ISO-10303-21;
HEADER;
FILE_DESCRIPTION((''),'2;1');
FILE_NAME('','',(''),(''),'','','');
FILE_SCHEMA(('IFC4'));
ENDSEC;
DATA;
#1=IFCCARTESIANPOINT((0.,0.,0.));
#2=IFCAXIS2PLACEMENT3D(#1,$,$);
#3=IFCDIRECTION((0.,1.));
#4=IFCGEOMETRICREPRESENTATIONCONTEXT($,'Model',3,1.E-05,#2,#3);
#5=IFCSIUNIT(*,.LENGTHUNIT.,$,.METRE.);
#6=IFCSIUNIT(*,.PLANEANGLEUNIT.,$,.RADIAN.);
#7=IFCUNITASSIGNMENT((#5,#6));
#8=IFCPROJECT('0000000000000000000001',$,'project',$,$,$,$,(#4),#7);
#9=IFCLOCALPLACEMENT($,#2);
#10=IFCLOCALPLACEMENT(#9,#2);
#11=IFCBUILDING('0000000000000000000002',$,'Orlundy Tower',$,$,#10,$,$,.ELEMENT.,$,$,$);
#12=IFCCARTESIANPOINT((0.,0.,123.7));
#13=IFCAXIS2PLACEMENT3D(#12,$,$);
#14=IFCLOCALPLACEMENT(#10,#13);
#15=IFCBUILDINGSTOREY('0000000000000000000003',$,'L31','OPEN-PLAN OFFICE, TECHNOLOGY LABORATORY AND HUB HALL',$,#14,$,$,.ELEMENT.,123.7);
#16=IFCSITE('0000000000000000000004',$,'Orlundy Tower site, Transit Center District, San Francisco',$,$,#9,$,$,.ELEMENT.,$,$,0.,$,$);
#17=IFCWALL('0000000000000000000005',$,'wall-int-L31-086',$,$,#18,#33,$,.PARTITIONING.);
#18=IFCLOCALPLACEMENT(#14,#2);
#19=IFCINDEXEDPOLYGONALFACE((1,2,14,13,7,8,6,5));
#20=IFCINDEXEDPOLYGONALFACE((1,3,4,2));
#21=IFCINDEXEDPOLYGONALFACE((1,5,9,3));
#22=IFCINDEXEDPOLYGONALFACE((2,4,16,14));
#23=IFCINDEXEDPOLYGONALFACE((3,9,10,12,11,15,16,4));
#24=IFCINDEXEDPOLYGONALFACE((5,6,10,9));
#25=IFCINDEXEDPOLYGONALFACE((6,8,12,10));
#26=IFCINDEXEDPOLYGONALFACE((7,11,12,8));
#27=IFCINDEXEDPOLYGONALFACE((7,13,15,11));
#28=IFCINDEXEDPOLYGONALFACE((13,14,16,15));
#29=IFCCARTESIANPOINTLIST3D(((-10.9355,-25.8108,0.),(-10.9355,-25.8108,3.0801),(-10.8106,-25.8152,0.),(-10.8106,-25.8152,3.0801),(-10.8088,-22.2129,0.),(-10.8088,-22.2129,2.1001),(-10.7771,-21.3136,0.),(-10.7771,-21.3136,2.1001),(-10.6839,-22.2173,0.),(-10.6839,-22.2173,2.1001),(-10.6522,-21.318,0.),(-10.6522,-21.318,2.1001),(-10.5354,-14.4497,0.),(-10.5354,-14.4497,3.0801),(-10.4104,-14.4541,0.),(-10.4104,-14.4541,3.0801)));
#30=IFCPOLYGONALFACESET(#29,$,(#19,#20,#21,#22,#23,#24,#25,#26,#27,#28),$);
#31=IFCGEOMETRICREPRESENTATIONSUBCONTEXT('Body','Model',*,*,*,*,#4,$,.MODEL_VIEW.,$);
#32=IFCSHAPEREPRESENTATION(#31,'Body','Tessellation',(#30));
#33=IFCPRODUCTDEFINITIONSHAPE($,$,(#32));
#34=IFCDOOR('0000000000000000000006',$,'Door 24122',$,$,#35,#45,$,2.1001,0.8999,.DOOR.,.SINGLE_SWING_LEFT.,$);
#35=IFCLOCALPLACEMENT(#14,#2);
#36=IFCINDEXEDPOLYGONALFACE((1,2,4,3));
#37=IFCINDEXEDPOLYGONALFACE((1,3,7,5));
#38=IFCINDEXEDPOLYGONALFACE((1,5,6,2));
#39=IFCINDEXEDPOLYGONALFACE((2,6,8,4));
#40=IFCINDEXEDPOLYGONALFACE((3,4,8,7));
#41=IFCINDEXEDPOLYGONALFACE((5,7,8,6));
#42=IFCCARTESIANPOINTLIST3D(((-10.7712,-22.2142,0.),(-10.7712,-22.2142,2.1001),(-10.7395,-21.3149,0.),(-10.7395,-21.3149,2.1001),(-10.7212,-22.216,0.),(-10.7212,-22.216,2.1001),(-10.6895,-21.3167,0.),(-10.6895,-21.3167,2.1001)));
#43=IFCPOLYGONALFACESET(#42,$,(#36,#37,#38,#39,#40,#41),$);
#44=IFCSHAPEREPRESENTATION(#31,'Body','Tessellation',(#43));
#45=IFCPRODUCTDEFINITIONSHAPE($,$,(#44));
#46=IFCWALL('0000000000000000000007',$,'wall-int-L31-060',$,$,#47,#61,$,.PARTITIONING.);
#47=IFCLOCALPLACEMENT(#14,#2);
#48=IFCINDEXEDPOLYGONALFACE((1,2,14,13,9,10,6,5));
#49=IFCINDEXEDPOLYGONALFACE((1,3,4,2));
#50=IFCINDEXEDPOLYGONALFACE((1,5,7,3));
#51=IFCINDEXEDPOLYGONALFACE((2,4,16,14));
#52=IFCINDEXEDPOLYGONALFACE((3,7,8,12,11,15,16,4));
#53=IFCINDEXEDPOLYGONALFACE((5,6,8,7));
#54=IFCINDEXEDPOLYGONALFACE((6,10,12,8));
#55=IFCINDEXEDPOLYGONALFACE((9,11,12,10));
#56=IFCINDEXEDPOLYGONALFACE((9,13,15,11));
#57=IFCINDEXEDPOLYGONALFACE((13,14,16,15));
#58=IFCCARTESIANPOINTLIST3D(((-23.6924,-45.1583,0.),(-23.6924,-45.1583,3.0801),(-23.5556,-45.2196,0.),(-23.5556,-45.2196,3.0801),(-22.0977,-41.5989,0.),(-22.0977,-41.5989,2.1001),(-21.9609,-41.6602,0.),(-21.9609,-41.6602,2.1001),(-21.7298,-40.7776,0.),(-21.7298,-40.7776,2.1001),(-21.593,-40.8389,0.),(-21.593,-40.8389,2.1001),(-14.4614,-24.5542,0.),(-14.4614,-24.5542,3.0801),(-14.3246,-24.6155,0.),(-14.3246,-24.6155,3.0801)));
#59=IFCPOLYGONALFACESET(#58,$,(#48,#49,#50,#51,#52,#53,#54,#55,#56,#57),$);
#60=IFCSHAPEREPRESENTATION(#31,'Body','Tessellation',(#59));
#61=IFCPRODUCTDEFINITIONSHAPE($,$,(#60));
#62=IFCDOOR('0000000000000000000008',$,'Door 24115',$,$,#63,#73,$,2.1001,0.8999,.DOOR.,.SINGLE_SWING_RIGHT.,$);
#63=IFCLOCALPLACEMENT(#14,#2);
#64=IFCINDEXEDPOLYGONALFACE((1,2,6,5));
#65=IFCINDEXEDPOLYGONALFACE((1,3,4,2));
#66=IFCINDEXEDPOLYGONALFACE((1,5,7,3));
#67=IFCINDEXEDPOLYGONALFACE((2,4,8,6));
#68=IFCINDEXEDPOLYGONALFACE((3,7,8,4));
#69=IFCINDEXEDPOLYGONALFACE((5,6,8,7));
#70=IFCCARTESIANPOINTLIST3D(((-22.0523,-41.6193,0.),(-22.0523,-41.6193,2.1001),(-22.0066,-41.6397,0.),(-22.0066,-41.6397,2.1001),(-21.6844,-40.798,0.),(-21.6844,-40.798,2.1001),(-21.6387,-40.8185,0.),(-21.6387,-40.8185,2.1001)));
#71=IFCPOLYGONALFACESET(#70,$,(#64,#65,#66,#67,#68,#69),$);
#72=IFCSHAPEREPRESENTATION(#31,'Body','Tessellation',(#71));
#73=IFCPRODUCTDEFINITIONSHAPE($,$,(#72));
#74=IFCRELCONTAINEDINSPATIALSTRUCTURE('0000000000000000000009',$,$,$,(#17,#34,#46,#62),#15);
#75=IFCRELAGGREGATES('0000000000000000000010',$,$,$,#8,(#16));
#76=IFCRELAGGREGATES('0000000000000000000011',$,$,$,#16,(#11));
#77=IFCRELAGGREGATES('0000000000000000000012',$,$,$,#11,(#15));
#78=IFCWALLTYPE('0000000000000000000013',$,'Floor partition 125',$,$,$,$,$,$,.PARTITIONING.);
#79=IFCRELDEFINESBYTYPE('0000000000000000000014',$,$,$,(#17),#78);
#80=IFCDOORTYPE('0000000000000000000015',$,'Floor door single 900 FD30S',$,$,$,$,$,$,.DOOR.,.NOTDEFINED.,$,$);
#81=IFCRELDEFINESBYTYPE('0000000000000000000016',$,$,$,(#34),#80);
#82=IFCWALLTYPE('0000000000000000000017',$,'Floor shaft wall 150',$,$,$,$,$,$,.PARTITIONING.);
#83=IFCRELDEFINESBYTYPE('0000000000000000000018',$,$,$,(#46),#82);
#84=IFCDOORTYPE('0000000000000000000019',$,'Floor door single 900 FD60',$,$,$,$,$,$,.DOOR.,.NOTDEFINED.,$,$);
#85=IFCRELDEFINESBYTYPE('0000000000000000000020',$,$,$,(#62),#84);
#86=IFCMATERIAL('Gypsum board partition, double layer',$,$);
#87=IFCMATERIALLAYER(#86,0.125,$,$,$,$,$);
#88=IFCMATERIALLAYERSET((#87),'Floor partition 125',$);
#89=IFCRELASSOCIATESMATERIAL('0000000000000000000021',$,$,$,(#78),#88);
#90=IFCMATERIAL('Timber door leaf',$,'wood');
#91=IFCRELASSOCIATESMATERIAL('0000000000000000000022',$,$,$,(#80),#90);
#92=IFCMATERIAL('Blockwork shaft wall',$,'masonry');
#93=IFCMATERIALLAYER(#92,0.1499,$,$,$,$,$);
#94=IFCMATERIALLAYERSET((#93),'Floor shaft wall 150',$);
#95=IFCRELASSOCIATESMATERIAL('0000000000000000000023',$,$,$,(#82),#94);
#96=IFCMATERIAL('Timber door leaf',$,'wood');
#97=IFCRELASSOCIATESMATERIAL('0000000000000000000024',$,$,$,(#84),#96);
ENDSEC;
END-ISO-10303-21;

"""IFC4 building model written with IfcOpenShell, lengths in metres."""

from ifc_helpers import new_model, si_unit, direction, frame, frame_2d, origin, place, context, subcontext, project, spatial, rectangle, extrude, material, layer, layer_set, type_object, element, fill, save


model = new_model("IFC4")

# Units and contexts
model_context = context("Model", 3, precision=1e-05, world=origin(), true_north=direction((0.0, 1.0)))
body_context = subcontext(model_context, "Body", "Model", "MODEL_VIEW")
ifc_project = project(units=[si_unit("LENGTHUNIT", "METRE"), si_unit("PLANEANGLEUNIT", "RADIAN")], contexts=[model_context])

# Site, building, storey
site_placement = place(None, origin())
site = spatial("IfcSite", under=ifc_project, at=site_placement, Name="Orlundy Tower site, Transit Center District, San Francisco", CompositionType="ELEMENT", RefElevation=0.0)
building_placement = place(site_placement, origin())
building = spatial("IfcBuilding", under=site, at=building_placement, Name="Orlundy Tower", CompositionType="ELEMENT")
storey_placement = place(building_placement, frame((0.0, 0.0, 123.7)))
storey = spatial("IfcBuildingStorey", under=building, at=storey_placement, Name="L31", Description="OPEN-PLAN OFFICE, TECHNOLOGY LABORATORY AND HUB HALL", CompositionType="ELEMENT", Elevation=123.7)

# Shared definitions
ifc_material_1 = material(Name="Gypsum board partition, double layer")
ifc_layer_1 = layer(ifc_material_1, 0.125)
ifc_layer_set_1 = layer_set([ifc_layer_1], Name="Floor partition 125")
wall_type_1 = type_object("IfcWallType", Name="Floor partition 125", PredefinedType="PARTITIONING", material=ifc_layer_set_1)

# Walls, openings, doors
wall_1_placement = place(storey_placement, frame((-10.873, -25.813, 0.0), z_axis=(0.0, 0.0, 1.0), x_axis=(0.035199, 0.99938, 0.0)))
wall_1 = element("IfcWall", 1, at=wall_1_placement, inside=storey, type_object=wall_type_1, Name="wall-int-L31-086", PredefinedType="PARTITIONING", context=body_context, shape_type="SweptSolid", body=[
    extrude(rectangle(XDim=11.3682, YDim=0.125, at=frame_2d((5.6841, 0.0))), origin(), (0.0, 0.0, 1.0), 3.0801),
])
opening_1_placement = place(wall_1_placement, frame((3.6001, 0.0, 0.0)))
opening_1 = element("IfcOpeningElement", 2, at=opening_1_placement, cuts=wall_1, PredefinedType="OPENING", context=body_context, shape_type="SweptSolid", body=[
    extrude(rectangle(XDim=0.8999, YDim=2.1001, at=frame_2d((0.45, 1.05))), frame((0.0, 0.0725, 0.0), z_axis=(0.0, -1.0, 0.0), x_axis=(1.0, 0.0, 0.0)), (0.0, 0.0, 1.0), 0.145),
])
ifc_material_2 = material(Name="Timber door leaf", Category="wood")
door_type_1 = type_object("IfcDoorType", Name="Floor door single 900 FD30S", OperationType="NOTDEFINED", PredefinedType="DOOR", material=ifc_material_2)
door_1_placement = place(opening_1_placement, origin())
door_1 = element("IfcDoor", 3, at=door_1_placement, inside=storey, type_object=door_type_1, Name="Door 24122", OperationType="SINGLE_SWING_LEFT", OverallHeight=2.1001, OverallWidth=0.8999, PredefinedType="DOOR", context=body_context, shape_type="SweptSolid", body=[
    extrude(rectangle(XDim=0.8999, YDim=2.1001, at=frame_2d((0.45, 1.05))), frame((0.0, 0.0249, 0.0), z_axis=(0.0, -1.0, 0.0), x_axis=(1.0, 0.0, 0.0)), (0.0, 0.0, 1.0), 0.05),
])
fill(opening_1, door_1)
ifc_material_3 = material(Name="Blockwork shaft wall", Category="masonry")
ifc_layer_2 = layer(ifc_material_3, 0.1499)
ifc_layer_set_2 = layer_set([ifc_layer_2], Name="Floor shaft wall 150")
wall_type_2 = type_object("IfcWallType", Name="Floor shaft wall 150", PredefinedType="PARTITIONING", material=ifc_layer_set_2)
wall_2_placement = place(storey_placement, frame((-14.3931, -24.585, 0.0), z_axis=(0.0, 0.0, 1.0), x_axis=(-0.40886, -0.912597, 0.0)))
wall_2 = element("IfcWall", 4, at=wall_2_placement, inside=storey, type_object=wall_type_2, Name="wall-int-L31-060", PredefinedType="PARTITIONING", context=body_context, shape_type="SweptSolid", body=[
    extrude(rectangle(XDim=22.5774, YDim=0.1499, at=frame_2d((11.2886, 0.0))), origin(), (0.0, 0.0, 1.0), 3.0801),
])
opening_2_placement = place(wall_2_placement, frame((17.7771, 0.0, 0.0)))
opening_2 = element("IfcOpeningElement", 5, at=opening_2_placement, cuts=wall_2, PredefinedType="OPENING", context=body_context, shape_type="SweptSolid", body=[
    extrude(rectangle(XDim=0.8999, YDim=2.1001, at=frame_2d((0.45, 1.05))), frame((0.0, 0.085, 0.0), z_axis=(0.0, -1.0, 0.0), x_axis=(1.0, 0.0, 0.0)), (0.0, 0.0, 1.0), 0.1699),
])
ifc_material_4 = material(Name="Timber door leaf", Category="wood")
door_type_2 = type_object("IfcDoorType", Name="Floor door single 900 FD60", OperationType="NOTDEFINED", PredefinedType="DOOR", material=ifc_material_4)
door_2_placement = place(opening_2_placement, origin())
door_2 = element("IfcDoor", 6, at=door_2_placement, inside=storey, type_object=door_type_2, Name="Door 24115", OperationType="SINGLE_SWING_RIGHT", OverallHeight=2.1001, OverallWidth=0.8999, PredefinedType="DOOR", context=body_context, shape_type="SweptSolid", body=[
    extrude(rectangle(XDim=0.8999, YDim=2.1001, at=frame_2d((0.45, 1.05))), frame((0.0, 0.0249, 0.0), z_axis=(0.0, -1.0, 0.0), x_axis=(1.0, 0.0, 0.0)), (0.0, 0.0, 1.0), 0.05),
])
fill(opening_2, door_2)

save(model, "model.ifc")
